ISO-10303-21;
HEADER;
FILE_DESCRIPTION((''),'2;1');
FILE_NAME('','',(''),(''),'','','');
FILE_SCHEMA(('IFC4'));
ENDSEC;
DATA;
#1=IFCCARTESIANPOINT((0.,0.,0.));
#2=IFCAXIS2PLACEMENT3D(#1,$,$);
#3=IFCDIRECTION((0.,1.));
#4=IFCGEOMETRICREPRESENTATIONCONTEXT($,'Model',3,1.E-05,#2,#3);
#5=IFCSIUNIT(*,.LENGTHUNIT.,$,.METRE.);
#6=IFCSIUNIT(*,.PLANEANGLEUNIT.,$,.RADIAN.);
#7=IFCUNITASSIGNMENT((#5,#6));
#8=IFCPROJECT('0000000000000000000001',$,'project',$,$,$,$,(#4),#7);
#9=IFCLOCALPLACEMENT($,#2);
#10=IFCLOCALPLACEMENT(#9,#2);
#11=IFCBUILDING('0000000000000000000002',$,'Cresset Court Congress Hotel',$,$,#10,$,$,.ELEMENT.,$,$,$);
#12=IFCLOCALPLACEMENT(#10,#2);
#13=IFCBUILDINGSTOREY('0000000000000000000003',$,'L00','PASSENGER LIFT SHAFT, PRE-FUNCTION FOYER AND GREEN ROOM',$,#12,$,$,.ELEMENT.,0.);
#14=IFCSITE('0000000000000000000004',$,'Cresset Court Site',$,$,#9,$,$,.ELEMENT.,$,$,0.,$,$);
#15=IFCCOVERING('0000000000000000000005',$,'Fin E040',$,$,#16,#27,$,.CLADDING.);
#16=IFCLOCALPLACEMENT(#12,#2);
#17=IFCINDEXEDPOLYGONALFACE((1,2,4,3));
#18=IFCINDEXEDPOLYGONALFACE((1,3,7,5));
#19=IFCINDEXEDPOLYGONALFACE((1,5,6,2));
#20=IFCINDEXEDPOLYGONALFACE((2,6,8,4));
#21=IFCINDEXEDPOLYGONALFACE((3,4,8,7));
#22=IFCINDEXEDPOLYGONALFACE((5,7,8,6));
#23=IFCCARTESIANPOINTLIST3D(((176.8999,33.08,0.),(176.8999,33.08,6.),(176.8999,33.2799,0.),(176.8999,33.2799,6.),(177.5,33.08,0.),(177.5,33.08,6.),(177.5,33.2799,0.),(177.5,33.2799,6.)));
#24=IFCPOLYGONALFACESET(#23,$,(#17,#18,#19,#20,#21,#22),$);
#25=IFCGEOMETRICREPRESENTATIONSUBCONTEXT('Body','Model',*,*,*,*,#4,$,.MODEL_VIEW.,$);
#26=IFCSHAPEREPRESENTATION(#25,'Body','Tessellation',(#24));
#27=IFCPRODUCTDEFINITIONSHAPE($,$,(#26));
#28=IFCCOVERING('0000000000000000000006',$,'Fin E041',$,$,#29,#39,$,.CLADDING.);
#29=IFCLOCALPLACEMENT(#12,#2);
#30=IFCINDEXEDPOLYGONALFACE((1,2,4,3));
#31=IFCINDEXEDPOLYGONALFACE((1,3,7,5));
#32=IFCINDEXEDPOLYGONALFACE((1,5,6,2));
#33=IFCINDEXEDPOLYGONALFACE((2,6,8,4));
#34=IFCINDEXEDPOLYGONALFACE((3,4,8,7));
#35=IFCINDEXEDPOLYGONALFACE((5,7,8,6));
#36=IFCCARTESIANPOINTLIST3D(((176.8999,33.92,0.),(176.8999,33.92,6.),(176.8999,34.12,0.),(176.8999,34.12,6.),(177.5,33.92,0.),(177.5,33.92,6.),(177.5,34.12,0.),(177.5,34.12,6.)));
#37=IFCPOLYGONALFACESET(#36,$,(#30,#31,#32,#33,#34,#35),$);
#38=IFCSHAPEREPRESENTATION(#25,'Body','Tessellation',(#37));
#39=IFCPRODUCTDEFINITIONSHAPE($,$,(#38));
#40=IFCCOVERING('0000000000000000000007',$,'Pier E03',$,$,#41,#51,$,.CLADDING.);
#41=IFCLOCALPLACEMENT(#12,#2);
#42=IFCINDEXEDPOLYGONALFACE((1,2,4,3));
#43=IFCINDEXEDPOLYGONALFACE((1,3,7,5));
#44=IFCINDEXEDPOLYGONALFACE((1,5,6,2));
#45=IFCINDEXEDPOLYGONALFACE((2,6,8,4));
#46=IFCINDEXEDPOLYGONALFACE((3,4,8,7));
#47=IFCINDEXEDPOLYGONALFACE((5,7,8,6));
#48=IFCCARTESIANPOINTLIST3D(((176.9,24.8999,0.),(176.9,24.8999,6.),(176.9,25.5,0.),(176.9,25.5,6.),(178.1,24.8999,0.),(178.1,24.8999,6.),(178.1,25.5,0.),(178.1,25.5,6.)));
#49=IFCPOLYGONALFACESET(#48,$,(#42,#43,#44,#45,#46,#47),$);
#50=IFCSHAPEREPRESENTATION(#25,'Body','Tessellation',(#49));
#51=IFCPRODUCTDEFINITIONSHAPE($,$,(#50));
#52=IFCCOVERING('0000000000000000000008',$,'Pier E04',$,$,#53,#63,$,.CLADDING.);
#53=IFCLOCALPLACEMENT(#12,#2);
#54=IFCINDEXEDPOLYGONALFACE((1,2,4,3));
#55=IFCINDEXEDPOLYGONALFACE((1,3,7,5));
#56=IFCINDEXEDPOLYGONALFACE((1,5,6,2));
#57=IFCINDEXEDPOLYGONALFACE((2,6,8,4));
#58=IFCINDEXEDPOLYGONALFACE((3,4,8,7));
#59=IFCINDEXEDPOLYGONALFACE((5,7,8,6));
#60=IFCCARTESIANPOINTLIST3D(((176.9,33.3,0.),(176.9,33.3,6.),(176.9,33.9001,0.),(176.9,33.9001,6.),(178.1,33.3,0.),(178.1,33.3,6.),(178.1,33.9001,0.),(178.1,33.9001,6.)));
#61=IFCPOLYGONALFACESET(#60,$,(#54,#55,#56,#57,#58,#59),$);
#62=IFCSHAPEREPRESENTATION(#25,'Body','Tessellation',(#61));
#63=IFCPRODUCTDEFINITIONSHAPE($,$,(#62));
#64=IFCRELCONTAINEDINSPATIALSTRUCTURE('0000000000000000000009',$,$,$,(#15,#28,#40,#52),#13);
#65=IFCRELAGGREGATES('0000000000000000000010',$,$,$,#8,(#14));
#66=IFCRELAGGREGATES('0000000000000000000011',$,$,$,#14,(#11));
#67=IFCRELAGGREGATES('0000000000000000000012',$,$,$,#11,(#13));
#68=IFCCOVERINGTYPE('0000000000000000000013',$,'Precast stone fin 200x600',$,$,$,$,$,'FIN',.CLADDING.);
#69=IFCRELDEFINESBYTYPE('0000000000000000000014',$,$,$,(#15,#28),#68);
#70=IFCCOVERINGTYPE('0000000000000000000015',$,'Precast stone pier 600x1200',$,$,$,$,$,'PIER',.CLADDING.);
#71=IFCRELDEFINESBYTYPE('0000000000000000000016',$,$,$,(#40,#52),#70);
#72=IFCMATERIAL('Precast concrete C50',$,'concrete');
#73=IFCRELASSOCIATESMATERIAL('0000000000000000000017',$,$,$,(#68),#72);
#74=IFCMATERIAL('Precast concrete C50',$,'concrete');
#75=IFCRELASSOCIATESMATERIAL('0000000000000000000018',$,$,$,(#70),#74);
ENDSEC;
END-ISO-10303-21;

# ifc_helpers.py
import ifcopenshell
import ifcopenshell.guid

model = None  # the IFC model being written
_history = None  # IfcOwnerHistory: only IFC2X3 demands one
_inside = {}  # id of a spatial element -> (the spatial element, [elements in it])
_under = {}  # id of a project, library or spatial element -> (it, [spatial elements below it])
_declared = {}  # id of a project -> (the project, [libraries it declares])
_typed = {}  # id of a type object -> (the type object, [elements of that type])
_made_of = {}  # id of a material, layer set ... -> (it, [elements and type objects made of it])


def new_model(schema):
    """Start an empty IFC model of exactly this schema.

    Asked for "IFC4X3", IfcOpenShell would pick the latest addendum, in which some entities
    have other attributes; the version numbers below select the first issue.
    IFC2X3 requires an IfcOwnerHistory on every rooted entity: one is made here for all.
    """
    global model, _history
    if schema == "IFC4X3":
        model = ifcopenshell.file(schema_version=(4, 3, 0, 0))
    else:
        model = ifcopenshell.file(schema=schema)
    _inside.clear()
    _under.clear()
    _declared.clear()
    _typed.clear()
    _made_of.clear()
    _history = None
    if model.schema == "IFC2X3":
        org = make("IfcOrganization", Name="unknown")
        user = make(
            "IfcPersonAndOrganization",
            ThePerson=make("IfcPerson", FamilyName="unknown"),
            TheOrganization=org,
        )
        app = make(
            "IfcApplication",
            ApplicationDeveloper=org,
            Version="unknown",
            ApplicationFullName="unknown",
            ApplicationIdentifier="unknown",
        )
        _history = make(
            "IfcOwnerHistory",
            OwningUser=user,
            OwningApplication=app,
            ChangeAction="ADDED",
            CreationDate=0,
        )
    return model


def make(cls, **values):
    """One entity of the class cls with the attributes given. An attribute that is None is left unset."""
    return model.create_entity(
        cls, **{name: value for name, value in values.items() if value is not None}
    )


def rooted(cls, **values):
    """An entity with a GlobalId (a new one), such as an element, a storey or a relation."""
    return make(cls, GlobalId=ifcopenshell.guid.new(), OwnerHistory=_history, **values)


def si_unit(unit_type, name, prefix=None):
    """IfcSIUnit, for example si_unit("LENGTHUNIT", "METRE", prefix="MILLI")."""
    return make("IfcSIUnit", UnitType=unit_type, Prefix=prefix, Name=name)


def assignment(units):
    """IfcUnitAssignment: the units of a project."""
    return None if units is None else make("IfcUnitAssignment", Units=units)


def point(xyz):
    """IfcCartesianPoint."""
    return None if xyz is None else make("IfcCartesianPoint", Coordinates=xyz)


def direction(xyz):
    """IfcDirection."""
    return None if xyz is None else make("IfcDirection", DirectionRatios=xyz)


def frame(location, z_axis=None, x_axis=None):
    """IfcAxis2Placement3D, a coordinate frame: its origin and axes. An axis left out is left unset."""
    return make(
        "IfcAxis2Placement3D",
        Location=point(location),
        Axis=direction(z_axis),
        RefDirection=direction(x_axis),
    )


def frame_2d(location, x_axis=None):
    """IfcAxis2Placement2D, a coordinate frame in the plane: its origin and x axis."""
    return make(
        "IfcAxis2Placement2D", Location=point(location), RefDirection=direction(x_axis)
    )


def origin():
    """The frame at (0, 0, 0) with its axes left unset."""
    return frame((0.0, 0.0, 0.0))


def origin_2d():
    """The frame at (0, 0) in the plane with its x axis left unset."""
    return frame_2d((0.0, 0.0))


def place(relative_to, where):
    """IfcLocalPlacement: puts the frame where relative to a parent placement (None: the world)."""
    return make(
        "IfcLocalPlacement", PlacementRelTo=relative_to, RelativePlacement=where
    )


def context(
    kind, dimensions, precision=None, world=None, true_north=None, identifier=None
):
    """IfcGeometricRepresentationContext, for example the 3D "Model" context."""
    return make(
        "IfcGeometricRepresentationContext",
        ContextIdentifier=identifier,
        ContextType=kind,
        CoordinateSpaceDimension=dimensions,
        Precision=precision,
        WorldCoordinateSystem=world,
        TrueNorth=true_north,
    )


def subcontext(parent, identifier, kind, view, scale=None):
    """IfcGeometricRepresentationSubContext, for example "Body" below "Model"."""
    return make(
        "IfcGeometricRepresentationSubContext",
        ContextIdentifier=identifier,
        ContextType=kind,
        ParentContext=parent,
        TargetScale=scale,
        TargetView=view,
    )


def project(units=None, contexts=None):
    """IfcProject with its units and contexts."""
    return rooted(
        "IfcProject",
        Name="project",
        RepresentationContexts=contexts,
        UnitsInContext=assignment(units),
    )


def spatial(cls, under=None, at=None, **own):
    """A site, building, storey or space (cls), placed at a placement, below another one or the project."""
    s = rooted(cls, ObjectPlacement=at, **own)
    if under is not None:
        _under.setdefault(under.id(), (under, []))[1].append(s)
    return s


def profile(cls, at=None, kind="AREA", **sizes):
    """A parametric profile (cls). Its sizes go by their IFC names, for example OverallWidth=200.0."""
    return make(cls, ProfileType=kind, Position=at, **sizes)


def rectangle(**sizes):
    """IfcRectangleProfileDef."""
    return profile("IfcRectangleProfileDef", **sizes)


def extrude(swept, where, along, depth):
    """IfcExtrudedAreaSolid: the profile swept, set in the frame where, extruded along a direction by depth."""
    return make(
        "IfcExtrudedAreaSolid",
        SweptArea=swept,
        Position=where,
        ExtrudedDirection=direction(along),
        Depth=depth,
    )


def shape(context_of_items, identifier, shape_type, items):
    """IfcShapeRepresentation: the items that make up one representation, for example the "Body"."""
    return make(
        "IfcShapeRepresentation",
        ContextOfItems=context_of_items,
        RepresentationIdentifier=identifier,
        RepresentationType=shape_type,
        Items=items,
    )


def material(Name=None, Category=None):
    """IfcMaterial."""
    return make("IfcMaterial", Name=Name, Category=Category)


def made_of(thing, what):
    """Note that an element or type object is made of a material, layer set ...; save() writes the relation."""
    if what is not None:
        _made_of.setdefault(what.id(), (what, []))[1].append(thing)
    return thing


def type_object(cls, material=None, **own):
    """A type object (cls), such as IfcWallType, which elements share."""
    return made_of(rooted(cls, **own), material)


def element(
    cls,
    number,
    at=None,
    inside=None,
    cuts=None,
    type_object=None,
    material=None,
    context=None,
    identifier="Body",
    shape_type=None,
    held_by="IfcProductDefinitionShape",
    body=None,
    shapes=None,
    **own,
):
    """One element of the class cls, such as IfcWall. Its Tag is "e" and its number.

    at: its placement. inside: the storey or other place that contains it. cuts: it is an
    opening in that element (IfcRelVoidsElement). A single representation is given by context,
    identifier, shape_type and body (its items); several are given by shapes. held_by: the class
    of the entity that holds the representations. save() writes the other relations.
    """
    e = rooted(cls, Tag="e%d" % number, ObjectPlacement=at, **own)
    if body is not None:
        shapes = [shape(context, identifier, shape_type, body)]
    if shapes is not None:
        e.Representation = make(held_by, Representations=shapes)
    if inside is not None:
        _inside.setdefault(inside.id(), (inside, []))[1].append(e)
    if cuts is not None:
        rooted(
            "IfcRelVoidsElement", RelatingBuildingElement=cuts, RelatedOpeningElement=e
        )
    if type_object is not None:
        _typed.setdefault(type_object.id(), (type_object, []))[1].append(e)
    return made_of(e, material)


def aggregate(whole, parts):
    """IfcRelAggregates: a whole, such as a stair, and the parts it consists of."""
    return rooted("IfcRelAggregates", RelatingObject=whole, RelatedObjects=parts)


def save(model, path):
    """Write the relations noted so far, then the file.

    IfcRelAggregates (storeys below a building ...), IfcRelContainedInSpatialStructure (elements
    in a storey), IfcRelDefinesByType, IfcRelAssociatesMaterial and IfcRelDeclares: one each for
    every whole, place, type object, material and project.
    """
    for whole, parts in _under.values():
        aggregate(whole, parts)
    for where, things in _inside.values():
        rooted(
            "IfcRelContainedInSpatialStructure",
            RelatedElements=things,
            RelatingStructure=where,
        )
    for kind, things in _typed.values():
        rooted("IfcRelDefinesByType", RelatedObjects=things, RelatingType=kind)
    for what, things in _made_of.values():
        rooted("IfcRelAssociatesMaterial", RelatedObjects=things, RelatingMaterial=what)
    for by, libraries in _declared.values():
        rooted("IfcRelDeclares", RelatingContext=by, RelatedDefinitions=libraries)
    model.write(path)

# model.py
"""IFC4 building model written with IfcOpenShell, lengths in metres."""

from ifc_helpers import new_model, si_unit, direction, frame, origin, origin_2d, place, context, subcontext, project, spatial, rectangle, extrude, material, type_object, element, save


model = new_model("IFC4")

# Units and contexts
model_context = context("Model", 3, precision=1e-05, world=origin(), true_north=direction((0.0, 1.0)))
body_context = subcontext(model_context, "Body", "Model", "MODEL_VIEW")
ifc_project = project(units=[si_unit("LENGTHUNIT", "METRE"), si_unit("PLANEANGLEUNIT", "RADIAN")], contexts=[model_context])

# Site, building, storey
site_placement = place(None, origin())
site = spatial("IfcSite", under=ifc_project, at=site_placement, Name="Cresset Court Site", CompositionType="ELEMENT", RefElevation=0.0)
building_placement = place(site_placement, origin())
building = spatial("IfcBuilding", under=site, at=building_placement, Name="Cresset Court Congress Hotel", CompositionType="ELEMENT")
storey_placement = place(building_placement, origin())
storey = spatial("IfcBuildingStorey", under=building, at=storey_placement, Name="L00", Description="PASSENGER LIFT SHAFT, PRE-FUNCTION FOYER AND GREEN ROOM", CompositionType="ELEMENT", Elevation=0.0)

# Coverings
ifc_material_1 = material(Name="Precast concrete C50", Category="concrete")
covering_type_1 = type_object("IfcCoveringType", Name="Precast stone fin 200x600", ElementType="FIN", PredefinedType="CLADDING", material=ifc_material_1)
for number, where, z_axis, x_axis, name in (
    (1, (177.2, 33.1799, 0.0), (0.0, 0.0, 1.0), (1.0, 0.0, 0.0), "Fin E040"),
    (2, (177.2, 34.02, 0.0), (0.0, 0.0, 1.0), (1.0, 0.0, 0.0), "Fin E041"),
):
    element("IfcCovering", number, at=place(storey_placement, frame(where, z_axis=z_axis, x_axis=x_axis)), inside=storey, type_object=covering_type_1, Name=name, PredefinedType="CLADDING", context=body_context, shape_type="SweptSolid", body=[
        extrude(rectangle(XDim=0.6001, YDim=0.2, at=origin_2d()), origin(), (0.0, 0.0, 1.0), 6.0),
    ])
ifc_material_2 = material(Name="Precast concrete C50", Category="concrete")
covering_type_2 = type_object("IfcCoveringType", Name="Precast stone pier 600x1200", ElementType="PIER", PredefinedType="CLADDING", material=ifc_material_2)
for number, where, z_axis, x_axis, name in (
    (3, (177.5, 25.2, 0.0), (0.0, 0.0, 1.0), (1.0, 0.0, 0.0), "Pier E03"),
    (4, (177.5, 33.6001, 0.0), (0.0, 0.0, 1.0), (1.0, 0.0, 0.0), "Pier E04"),
):
    element("IfcCovering", number, at=place(storey_placement, frame(where, z_axis=z_axis, x_axis=x_axis)), inside=storey, type_object=covering_type_2, Name=name, PredefinedType="CLADDING", context=body_context, shape_type="SweptSolid", body=[
        extrude(rectangle(XDim=1.2, YDim=0.6001, at=origin_2d()), origin(), (0.0, 0.0, 1.0), 6.0),
    ])

save(model, "model.ifc")
